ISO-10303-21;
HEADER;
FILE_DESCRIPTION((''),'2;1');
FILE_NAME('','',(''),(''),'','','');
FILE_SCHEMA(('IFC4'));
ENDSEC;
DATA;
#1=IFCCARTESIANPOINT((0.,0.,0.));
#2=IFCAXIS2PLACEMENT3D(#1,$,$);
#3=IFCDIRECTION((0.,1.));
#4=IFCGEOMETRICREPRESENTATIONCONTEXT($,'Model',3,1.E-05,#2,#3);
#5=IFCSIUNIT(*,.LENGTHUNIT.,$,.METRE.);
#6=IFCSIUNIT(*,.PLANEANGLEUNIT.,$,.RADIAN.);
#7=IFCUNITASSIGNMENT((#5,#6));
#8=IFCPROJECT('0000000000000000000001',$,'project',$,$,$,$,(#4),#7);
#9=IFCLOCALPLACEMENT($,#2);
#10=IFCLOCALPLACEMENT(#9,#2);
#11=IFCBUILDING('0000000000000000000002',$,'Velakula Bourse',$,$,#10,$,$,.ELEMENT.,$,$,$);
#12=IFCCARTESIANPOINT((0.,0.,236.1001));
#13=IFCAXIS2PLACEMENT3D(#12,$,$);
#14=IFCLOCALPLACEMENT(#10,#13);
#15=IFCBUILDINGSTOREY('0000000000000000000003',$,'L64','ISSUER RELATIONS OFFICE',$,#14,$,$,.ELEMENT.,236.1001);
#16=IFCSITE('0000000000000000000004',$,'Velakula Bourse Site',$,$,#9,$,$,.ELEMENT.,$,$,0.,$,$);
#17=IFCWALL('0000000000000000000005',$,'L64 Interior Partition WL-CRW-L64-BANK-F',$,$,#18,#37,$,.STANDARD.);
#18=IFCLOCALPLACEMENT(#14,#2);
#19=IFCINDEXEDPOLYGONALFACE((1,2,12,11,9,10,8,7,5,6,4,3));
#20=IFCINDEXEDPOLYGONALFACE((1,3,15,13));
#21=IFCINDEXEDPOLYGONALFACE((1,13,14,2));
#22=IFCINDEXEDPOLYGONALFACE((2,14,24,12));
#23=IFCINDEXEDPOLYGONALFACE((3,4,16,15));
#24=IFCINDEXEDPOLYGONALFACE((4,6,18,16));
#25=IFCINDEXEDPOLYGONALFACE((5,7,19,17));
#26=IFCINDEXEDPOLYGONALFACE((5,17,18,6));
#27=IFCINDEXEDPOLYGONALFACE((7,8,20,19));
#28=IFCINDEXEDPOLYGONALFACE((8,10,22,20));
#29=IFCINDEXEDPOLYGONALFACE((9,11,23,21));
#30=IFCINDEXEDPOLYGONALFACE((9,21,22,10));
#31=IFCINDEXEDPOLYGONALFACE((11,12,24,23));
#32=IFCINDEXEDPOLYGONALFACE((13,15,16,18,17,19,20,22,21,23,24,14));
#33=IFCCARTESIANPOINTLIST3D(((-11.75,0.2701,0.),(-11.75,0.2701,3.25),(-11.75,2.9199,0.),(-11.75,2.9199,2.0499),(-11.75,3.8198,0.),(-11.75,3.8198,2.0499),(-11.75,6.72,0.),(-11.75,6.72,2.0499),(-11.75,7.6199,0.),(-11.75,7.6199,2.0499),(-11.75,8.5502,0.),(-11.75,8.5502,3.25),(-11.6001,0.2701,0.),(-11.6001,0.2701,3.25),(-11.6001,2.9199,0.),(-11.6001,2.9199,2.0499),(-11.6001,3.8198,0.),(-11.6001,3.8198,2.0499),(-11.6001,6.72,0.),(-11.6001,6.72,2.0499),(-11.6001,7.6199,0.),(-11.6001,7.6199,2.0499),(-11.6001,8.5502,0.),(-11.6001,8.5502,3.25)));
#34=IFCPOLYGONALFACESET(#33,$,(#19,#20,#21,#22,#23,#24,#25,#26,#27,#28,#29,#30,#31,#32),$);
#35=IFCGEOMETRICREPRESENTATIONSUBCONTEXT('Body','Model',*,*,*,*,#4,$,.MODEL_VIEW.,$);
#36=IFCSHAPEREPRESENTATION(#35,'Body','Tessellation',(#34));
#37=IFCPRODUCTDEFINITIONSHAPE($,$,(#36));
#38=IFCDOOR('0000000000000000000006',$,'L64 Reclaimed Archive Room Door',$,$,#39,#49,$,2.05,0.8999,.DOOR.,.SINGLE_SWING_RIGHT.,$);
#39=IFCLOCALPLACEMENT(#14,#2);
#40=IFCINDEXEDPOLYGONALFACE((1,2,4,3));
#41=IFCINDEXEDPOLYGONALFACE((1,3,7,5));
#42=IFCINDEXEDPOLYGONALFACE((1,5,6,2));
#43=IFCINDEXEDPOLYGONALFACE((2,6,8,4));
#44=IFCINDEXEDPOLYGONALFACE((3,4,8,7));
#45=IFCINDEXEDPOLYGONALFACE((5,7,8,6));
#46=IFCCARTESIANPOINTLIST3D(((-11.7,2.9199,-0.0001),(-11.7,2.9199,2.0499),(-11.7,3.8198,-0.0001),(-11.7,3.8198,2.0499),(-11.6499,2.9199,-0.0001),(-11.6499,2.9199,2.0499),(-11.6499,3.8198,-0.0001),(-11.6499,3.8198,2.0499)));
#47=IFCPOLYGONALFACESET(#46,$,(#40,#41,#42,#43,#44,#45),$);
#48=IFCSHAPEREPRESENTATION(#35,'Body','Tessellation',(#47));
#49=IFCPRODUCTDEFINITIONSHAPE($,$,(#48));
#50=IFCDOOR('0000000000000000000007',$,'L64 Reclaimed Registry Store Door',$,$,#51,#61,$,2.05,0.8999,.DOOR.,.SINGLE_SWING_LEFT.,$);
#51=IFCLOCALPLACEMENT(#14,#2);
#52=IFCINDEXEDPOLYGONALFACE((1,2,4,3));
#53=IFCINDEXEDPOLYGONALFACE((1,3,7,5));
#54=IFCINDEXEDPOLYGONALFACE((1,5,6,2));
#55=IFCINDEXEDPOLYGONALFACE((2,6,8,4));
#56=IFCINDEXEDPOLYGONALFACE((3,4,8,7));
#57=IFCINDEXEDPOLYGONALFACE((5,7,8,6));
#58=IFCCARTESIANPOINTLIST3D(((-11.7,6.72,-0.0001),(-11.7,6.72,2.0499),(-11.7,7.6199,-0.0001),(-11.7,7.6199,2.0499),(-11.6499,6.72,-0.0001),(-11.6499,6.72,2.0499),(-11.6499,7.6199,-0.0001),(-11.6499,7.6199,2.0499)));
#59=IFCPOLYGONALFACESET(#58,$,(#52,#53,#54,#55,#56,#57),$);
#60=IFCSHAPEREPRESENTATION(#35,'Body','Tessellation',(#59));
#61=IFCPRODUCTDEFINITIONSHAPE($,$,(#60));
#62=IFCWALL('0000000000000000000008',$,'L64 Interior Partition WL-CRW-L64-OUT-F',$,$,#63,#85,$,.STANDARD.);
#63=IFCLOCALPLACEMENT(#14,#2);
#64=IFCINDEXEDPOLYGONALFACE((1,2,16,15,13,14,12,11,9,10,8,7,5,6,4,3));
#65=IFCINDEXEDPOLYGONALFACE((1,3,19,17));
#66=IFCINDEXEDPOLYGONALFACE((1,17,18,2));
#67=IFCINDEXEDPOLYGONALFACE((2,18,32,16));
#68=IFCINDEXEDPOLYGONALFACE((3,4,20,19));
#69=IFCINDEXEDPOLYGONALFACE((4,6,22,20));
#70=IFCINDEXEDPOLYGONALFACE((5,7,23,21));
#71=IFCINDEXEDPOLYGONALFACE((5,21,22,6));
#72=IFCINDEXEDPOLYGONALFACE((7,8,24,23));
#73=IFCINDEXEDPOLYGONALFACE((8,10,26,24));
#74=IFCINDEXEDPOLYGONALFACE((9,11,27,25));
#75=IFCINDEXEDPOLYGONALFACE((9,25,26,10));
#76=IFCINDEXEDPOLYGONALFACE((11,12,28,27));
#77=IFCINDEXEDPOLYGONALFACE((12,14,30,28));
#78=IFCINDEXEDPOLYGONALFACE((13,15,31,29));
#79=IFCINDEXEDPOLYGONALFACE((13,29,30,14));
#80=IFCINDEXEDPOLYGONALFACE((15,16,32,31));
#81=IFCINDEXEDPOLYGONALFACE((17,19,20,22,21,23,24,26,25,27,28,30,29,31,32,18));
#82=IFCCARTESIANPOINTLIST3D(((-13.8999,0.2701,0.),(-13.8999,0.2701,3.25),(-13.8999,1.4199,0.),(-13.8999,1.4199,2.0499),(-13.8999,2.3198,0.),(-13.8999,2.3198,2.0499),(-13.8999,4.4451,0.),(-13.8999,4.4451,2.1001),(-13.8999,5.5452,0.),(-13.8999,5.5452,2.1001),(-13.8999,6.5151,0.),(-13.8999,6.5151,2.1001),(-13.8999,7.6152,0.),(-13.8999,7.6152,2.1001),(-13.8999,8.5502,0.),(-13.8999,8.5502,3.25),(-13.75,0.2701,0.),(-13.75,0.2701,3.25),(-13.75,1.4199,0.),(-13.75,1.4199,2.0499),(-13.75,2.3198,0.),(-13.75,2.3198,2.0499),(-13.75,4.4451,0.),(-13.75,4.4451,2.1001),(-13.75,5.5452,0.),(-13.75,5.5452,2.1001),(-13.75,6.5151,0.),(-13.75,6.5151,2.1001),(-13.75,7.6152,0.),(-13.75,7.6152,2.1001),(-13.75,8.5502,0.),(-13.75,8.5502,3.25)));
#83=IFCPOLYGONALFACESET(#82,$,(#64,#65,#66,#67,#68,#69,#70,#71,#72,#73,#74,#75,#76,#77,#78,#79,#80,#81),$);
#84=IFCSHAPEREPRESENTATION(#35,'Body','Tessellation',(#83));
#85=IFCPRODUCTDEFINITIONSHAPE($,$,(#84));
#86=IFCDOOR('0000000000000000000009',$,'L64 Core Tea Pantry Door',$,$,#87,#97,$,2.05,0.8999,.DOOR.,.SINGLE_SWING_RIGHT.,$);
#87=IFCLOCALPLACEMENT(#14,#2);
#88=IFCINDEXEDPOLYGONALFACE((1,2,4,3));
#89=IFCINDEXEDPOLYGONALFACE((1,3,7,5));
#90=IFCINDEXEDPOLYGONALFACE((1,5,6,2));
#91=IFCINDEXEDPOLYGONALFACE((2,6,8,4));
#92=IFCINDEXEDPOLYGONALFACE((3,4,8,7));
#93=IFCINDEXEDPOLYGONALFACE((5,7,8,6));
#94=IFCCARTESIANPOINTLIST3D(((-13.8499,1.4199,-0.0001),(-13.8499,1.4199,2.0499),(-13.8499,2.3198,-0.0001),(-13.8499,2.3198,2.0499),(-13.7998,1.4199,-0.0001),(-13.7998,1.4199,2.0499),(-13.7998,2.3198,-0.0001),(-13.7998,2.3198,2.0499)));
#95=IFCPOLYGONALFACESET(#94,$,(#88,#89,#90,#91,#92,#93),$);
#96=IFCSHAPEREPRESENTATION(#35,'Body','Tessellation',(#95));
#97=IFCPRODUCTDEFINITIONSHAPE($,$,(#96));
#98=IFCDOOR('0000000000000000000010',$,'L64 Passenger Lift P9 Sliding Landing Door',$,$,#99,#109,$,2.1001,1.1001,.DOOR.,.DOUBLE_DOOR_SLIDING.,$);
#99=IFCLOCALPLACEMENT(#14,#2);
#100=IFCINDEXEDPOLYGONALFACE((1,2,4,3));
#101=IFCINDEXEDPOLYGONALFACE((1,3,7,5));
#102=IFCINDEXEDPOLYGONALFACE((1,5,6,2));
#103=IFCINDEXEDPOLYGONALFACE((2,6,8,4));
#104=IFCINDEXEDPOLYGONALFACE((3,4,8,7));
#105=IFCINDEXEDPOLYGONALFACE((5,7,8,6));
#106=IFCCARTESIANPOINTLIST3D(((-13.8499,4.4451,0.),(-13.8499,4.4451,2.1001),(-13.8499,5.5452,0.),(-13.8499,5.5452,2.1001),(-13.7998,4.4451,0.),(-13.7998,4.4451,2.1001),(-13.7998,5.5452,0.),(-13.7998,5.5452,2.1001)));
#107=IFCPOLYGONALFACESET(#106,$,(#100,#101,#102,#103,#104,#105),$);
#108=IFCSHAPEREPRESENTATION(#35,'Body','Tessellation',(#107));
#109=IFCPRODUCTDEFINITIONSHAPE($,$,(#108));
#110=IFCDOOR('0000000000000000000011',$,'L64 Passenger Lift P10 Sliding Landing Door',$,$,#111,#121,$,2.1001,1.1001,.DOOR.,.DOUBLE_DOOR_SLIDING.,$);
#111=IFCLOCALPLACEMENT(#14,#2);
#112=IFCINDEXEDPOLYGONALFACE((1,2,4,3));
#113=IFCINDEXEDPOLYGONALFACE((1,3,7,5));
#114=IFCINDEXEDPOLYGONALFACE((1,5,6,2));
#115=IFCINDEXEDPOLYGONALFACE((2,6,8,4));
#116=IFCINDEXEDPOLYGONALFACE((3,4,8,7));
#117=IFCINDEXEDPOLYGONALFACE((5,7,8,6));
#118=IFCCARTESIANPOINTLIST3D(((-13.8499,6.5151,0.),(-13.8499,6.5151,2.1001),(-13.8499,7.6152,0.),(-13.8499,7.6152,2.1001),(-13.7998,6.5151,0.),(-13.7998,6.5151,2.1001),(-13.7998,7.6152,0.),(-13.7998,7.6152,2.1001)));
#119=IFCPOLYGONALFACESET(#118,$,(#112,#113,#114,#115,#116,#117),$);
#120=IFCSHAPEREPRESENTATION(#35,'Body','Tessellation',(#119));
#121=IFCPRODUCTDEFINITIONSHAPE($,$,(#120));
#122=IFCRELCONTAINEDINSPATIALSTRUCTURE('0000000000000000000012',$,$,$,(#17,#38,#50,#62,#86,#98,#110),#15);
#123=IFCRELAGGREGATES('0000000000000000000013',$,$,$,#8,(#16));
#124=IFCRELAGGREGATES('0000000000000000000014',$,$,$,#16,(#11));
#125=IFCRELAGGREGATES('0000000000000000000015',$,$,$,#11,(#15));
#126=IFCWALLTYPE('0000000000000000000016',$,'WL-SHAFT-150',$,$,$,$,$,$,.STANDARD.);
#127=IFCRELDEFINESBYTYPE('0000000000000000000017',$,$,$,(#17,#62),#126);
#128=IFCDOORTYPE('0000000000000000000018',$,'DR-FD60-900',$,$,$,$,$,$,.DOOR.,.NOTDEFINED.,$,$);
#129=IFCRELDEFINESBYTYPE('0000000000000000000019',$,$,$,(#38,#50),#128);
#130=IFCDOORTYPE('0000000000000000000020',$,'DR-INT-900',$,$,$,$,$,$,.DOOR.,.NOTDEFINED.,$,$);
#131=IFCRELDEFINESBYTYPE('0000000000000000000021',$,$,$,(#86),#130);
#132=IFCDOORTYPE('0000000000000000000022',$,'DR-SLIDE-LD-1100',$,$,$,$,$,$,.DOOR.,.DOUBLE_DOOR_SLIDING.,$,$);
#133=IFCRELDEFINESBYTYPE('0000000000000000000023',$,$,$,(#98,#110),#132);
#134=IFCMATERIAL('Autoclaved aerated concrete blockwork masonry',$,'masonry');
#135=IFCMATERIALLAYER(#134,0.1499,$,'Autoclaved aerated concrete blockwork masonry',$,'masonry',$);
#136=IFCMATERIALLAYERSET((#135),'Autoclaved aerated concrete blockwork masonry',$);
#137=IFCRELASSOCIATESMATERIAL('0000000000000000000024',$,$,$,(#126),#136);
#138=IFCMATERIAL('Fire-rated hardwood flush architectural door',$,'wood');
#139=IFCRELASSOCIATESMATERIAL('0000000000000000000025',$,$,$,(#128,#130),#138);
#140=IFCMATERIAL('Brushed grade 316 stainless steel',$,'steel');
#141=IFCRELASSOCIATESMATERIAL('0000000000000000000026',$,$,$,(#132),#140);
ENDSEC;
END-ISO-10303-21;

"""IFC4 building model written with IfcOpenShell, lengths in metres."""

from ifc_helpers import new_model, si_unit, direction, frame, frame_2d, origin, place, context, subcontext, project, spatial, rectangle, extrude, material, layer, layer_set, type_object, element, fill, save


model = new_model("IFC4")

# Units and contexts
model_context = context("Model", 3, precision=1e-05, world=origin(), true_north=direction((0.0, 1.0)))
body_context = subcontext(model_context, "Body", "Model", "MODEL_VIEW")
ifc_project = project(units=[si_unit("LENGTHUNIT", "METRE"), si_unit("PLANEANGLEUNIT", "RADIAN")], contexts=[model_context])

# Site, building, storey
site_placement = place(None, origin())
site = spatial("IfcSite", under=ifc_project, at=site_placement, Name="Velakula Bourse Site", CompositionType="ELEMENT", RefElevation=0.0)
building_placement = place(site_placement, origin())
building = spatial("IfcBuilding", under=site, at=building_placement, Name="Velakula Bourse", CompositionType="ELEMENT")
storey_placement = place(building_placement, frame((0.0, 0.0, 236.1001)))
storey = spatial("IfcBuildingStorey", under=building, at=storey_placement, Name="L64", Description="ISSUER RELATIONS OFFICE", CompositionType="ELEMENT", Elevation=236.1001)

# Shared definitions
ifc_material_1 = material(Name="Fire-rated hardwood flush architectural door", Category="wood")

# Shared definitions
ifc_material_2 = material(Name="Autoclaved aerated concrete blockwork masonry", Category="masonry")
ifc_layer_1 = layer(ifc_material_2, 0.1499, Name="Autoclaved aerated concrete blockwork masonry", Category="masonry")
ifc_layer_set_1 = layer_set([ifc_layer_1], Name="Autoclaved aerated concrete blockwork masonry")
wall_type_1 = type_object("IfcWallType", Name="WL-SHAFT-150", PredefinedType="STANDARD", material=ifc_layer_set_1)

# Walls, openings, doors
wall_1_placement = place(storey_placement, frame((-11.675, 0.27, 0.0), z_axis=(0.0, 0.0, 1.0), x_axis=(0.0, 1.0, 0.0)))
wall_1 = element("IfcWall", 1, at=wall_1_placement, inside=storey, type_object=wall_type_1, Name="L64 Interior Partition WL-CRW-L64-BANK-F", PredefinedType="STANDARD", context=body_context, shape_type="SweptSolid", body=[
    extrude(rectangle(XDim=8.28, YDim=0.1499, at=frame_2d((4.1401, 0.0))), origin(), (0.0, 0.0, 1.0), 3.25),
])
opening_1_placement = place(wall_1_placement, frame((2.6499, 0.0, 0.0)))
opening_1 = element("IfcOpeningElement", 2, at=opening_1_placement, cuts=wall_1, PredefinedType="OPENING", context=body_context, shape_type="SweptSolid", body=[
    extrude(rectangle(XDim=0.8999, YDim=2.05, at=frame_2d((0.45, 1.0249))), frame((0.0, 0.085, 0.0), z_axis=(0.0, -1.0, 0.0), x_axis=(1.0, 0.0, 0.0)), (0.0, 0.0, 1.0), 0.1699),
])
opening_2_placement = place(wall_1_placement, frame((6.45, 0.0, 0.0)))
opening_2 = element("IfcOpeningElement", 3, at=opening_2_placement, cuts=wall_1, PredefinedType="OPENING", context=body_context, shape_type="SweptSolid", body=[
    extrude(rectangle(XDim=0.8999, YDim=2.05, at=frame_2d((0.45, 1.0249))), frame((0.0, 0.085, 0.0), z_axis=(0.0, -1.0, 0.0), x_axis=(1.0, 0.0, 0.0)), (0.0, 0.0, 1.0), 0.1699),
])
door_type_1 = type_object("IfcDoorType", Name="DR-FD60-900", OperationType="NOTDEFINED", PredefinedType="DOOR", material=ifc_material_1)
door_1_placement = place(opening_1_placement, origin())
door_1 = element("IfcDoor", 4, at=door_1_placement, inside=storey, type_object=door_type_1, Name="L64 Reclaimed Archive Room Door", OperationType="SINGLE_SWING_RIGHT", OverallHeight=2.05, OverallWidth=0.8999, PredefinedType="DOOR", context=body_context, shape_type="SweptSolid", body=[
    extrude(rectangle(XDim=0.8999, YDim=2.05, at=frame_2d((0.45, 1.0249))), frame((0.0, 0.0249, 0.0), z_axis=(0.0, -1.0, 0.0), x_axis=(1.0, 0.0, 0.0)), (0.0, 0.0, 1.0), 0.05),
])
fill(opening_1, door_1)
door_2_placement = place(opening_2_placement, origin())
door_2 = element("IfcDoor", 5, at=door_2_placement, inside=storey, type_object=door_type_1, Name="L64 Reclaimed Registry Store Door", OperationType="SINGLE_SWING_LEFT", OverallHeight=2.05, OverallWidth=0.8999, PredefinedType="DOOR", context=body_context, shape_type="SweptSolid", body=[
    extrude(rectangle(XDim=0.8999, YDim=2.05, at=frame_2d((0.45, 1.0249))), frame((0.0, 0.0249, 0.0), z_axis=(0.0, -1.0, 0.0), x_axis=(1.0, 0.0, 0.0)), (0.0, 0.0, 1.0), 0.05),
])
fill(opening_2, door_2)
wall_2_placement = place(storey_placement, frame((-13.825, 0.27, 0.0), z_axis=(0.0, 0.0, 1.0), x_axis=(0.0, 1.0, 0.0)))
wall_2 = element("IfcWall", 6, at=wall_2_placement, inside=storey, type_object=wall_type_1, Name="L64 Interior Partition WL-CRW-L64-OUT-F", PredefinedType="STANDARD", context=body_context, shape_type="SweptSolid", body=[
    extrude(rectangle(XDim=8.28, YDim=0.1499, at=frame_2d((4.1401, 0.0))), origin(), (0.0, 0.0, 1.0), 3.25),
])
opening_3_placement = place(wall_2_placement, frame((4.175, 0.0, 0.0)))
opening_3 = element("IfcOpeningElement", 7, at=opening_3_placement, cuts=wall_2, PredefinedType="OPENING", context=body_context, shape_type="SweptSolid", body=[
    extrude(rectangle(XDim=1.1001, YDim=2.1001, at=frame_2d((0.55, 1.05))), frame((0.0, 0.085, 0.0), z_axis=(0.0, -1.0, 0.0), x_axis=(1.0, 0.0, 0.0)), (0.0, 0.0, 1.0), 0.1699),
])
opening_4_placement = place(wall_2_placement, frame((6.2451, 0.0, 0.0)))
opening_4 = element("IfcOpeningElement", 8, at=opening_4_placement, cuts=wall_2, PredefinedType="OPENING", context=body_context, shape_type="SweptSolid", body=[
    extrude(rectangle(XDim=1.1001, YDim=2.1001, at=frame_2d((0.55, 1.05))), frame((0.0, 0.085, 0.0), z_axis=(0.0, -1.0, 0.0), x_axis=(1.0, 0.0, 0.0)), (0.0, 0.0, 1.0), 0.1699),
])
opening_5_placement = place(wall_2_placement, frame((1.1499, 0.0, 0.0)))
opening_5 = element("IfcOpeningElement", 9, at=opening_5_placement, cuts=wall_2, PredefinedType="OPENING", context=body_context, shape_type="SweptSolid", body=[
    extrude(rectangle(XDim=0.8999, YDim=2.05, at=frame_2d((0.45, 1.0249))), frame((0.0, 0.085, 0.0), z_axis=(0.0, -1.0, 0.0), x_axis=(1.0, 0.0, 0.0)), (0.0, 0.0, 1.0), 0.1699),
])
door_type_2 = type_object("IfcDoorType", Name="DR-INT-900", OperationType="NOTDEFINED", PredefinedType="DOOR", material=ifc_material_1)
door_3_placement = place(opening_5_placement, origin())
door_3 = element("IfcDoor", 10, at=door_3_placement, inside=storey, type_object=door_type_2, Name="L64 Core Tea Pantry Door", OperationType="SINGLE_SWING_RIGHT", OverallHeight=2.05, OverallWidth=0.8999, PredefinedType="DOOR", context=body_context, shape_type="SweptSolid", body=[
    extrude(rectangle(XDim=0.8999, YDim=2.05, at=frame_2d((0.45, 1.0249))), frame((0.0, 0.0249, 0.0), z_axis=(0.0, -1.0, 0.0), x_axis=(1.0, 0.0, 0.0)), (0.0, 0.0, 1.0), 0.05),
])
fill(opening_5, door_3)
ifc_material_3 = material(Name="Brushed grade 316 stainless steel", Category="steel")
door_type_3 = type_object("IfcDoorType", Name="DR-SLIDE-LD-1100", OperationType="DOUBLE_DOOR_SLIDING", PredefinedType="DOOR", material=ifc_material_3)
door_4_placement = place(opening_3_placement, origin())
door_4 = element("IfcDoor", 11, at=door_4_placement, inside=storey, type_object=door_type_3, Name="L64 Passenger Lift P9 Sliding Landing Door", OperationType="DOUBLE_DOOR_SLIDING", OverallHeight=2.1001, OverallWidth=1.1001, PredefinedType="DOOR", context=body_context, shape_type="SweptSolid", body=[
    extrude(rectangle(XDim=1.1001, YDim=2.1001, at=frame_2d((0.55, 1.05))), frame((0.0, 0.0249, 0.0), z_axis=(0.0, -1.0, 0.0), x_axis=(1.0, 0.0, 0.0)), (0.0, 0.0, 1.0), 0.05),
])
fill(opening_3, door_4)
door_5_placement = place(opening_4_placement, origin())
door_5 = element("IfcDoor", 12, at=door_5_placement, inside=storey, type_object=door_type_3, Name="L64 Passenger Lift P10 Sliding Landing Door", OperationType="DOUBLE_DOOR_SLIDING", OverallHeight=2.1001, OverallWidth=1.1001, PredefinedType="DOOR", context=body_context, shape_type="SweptSolid", body=[
    extrude(rectangle(XDim=1.1001, YDim=2.1001, at=frame_2d((0.55, 1.05))), frame((0.0, 0.0249, 0.0), z_axis=(0.0, -1.0, 0.0), x_axis=(1.0, 0.0, 0.0)), (0.0, 0.0, 1.0), 0.05),
])
fill(opening_4, door_5)

save(model, "model.ifc")
